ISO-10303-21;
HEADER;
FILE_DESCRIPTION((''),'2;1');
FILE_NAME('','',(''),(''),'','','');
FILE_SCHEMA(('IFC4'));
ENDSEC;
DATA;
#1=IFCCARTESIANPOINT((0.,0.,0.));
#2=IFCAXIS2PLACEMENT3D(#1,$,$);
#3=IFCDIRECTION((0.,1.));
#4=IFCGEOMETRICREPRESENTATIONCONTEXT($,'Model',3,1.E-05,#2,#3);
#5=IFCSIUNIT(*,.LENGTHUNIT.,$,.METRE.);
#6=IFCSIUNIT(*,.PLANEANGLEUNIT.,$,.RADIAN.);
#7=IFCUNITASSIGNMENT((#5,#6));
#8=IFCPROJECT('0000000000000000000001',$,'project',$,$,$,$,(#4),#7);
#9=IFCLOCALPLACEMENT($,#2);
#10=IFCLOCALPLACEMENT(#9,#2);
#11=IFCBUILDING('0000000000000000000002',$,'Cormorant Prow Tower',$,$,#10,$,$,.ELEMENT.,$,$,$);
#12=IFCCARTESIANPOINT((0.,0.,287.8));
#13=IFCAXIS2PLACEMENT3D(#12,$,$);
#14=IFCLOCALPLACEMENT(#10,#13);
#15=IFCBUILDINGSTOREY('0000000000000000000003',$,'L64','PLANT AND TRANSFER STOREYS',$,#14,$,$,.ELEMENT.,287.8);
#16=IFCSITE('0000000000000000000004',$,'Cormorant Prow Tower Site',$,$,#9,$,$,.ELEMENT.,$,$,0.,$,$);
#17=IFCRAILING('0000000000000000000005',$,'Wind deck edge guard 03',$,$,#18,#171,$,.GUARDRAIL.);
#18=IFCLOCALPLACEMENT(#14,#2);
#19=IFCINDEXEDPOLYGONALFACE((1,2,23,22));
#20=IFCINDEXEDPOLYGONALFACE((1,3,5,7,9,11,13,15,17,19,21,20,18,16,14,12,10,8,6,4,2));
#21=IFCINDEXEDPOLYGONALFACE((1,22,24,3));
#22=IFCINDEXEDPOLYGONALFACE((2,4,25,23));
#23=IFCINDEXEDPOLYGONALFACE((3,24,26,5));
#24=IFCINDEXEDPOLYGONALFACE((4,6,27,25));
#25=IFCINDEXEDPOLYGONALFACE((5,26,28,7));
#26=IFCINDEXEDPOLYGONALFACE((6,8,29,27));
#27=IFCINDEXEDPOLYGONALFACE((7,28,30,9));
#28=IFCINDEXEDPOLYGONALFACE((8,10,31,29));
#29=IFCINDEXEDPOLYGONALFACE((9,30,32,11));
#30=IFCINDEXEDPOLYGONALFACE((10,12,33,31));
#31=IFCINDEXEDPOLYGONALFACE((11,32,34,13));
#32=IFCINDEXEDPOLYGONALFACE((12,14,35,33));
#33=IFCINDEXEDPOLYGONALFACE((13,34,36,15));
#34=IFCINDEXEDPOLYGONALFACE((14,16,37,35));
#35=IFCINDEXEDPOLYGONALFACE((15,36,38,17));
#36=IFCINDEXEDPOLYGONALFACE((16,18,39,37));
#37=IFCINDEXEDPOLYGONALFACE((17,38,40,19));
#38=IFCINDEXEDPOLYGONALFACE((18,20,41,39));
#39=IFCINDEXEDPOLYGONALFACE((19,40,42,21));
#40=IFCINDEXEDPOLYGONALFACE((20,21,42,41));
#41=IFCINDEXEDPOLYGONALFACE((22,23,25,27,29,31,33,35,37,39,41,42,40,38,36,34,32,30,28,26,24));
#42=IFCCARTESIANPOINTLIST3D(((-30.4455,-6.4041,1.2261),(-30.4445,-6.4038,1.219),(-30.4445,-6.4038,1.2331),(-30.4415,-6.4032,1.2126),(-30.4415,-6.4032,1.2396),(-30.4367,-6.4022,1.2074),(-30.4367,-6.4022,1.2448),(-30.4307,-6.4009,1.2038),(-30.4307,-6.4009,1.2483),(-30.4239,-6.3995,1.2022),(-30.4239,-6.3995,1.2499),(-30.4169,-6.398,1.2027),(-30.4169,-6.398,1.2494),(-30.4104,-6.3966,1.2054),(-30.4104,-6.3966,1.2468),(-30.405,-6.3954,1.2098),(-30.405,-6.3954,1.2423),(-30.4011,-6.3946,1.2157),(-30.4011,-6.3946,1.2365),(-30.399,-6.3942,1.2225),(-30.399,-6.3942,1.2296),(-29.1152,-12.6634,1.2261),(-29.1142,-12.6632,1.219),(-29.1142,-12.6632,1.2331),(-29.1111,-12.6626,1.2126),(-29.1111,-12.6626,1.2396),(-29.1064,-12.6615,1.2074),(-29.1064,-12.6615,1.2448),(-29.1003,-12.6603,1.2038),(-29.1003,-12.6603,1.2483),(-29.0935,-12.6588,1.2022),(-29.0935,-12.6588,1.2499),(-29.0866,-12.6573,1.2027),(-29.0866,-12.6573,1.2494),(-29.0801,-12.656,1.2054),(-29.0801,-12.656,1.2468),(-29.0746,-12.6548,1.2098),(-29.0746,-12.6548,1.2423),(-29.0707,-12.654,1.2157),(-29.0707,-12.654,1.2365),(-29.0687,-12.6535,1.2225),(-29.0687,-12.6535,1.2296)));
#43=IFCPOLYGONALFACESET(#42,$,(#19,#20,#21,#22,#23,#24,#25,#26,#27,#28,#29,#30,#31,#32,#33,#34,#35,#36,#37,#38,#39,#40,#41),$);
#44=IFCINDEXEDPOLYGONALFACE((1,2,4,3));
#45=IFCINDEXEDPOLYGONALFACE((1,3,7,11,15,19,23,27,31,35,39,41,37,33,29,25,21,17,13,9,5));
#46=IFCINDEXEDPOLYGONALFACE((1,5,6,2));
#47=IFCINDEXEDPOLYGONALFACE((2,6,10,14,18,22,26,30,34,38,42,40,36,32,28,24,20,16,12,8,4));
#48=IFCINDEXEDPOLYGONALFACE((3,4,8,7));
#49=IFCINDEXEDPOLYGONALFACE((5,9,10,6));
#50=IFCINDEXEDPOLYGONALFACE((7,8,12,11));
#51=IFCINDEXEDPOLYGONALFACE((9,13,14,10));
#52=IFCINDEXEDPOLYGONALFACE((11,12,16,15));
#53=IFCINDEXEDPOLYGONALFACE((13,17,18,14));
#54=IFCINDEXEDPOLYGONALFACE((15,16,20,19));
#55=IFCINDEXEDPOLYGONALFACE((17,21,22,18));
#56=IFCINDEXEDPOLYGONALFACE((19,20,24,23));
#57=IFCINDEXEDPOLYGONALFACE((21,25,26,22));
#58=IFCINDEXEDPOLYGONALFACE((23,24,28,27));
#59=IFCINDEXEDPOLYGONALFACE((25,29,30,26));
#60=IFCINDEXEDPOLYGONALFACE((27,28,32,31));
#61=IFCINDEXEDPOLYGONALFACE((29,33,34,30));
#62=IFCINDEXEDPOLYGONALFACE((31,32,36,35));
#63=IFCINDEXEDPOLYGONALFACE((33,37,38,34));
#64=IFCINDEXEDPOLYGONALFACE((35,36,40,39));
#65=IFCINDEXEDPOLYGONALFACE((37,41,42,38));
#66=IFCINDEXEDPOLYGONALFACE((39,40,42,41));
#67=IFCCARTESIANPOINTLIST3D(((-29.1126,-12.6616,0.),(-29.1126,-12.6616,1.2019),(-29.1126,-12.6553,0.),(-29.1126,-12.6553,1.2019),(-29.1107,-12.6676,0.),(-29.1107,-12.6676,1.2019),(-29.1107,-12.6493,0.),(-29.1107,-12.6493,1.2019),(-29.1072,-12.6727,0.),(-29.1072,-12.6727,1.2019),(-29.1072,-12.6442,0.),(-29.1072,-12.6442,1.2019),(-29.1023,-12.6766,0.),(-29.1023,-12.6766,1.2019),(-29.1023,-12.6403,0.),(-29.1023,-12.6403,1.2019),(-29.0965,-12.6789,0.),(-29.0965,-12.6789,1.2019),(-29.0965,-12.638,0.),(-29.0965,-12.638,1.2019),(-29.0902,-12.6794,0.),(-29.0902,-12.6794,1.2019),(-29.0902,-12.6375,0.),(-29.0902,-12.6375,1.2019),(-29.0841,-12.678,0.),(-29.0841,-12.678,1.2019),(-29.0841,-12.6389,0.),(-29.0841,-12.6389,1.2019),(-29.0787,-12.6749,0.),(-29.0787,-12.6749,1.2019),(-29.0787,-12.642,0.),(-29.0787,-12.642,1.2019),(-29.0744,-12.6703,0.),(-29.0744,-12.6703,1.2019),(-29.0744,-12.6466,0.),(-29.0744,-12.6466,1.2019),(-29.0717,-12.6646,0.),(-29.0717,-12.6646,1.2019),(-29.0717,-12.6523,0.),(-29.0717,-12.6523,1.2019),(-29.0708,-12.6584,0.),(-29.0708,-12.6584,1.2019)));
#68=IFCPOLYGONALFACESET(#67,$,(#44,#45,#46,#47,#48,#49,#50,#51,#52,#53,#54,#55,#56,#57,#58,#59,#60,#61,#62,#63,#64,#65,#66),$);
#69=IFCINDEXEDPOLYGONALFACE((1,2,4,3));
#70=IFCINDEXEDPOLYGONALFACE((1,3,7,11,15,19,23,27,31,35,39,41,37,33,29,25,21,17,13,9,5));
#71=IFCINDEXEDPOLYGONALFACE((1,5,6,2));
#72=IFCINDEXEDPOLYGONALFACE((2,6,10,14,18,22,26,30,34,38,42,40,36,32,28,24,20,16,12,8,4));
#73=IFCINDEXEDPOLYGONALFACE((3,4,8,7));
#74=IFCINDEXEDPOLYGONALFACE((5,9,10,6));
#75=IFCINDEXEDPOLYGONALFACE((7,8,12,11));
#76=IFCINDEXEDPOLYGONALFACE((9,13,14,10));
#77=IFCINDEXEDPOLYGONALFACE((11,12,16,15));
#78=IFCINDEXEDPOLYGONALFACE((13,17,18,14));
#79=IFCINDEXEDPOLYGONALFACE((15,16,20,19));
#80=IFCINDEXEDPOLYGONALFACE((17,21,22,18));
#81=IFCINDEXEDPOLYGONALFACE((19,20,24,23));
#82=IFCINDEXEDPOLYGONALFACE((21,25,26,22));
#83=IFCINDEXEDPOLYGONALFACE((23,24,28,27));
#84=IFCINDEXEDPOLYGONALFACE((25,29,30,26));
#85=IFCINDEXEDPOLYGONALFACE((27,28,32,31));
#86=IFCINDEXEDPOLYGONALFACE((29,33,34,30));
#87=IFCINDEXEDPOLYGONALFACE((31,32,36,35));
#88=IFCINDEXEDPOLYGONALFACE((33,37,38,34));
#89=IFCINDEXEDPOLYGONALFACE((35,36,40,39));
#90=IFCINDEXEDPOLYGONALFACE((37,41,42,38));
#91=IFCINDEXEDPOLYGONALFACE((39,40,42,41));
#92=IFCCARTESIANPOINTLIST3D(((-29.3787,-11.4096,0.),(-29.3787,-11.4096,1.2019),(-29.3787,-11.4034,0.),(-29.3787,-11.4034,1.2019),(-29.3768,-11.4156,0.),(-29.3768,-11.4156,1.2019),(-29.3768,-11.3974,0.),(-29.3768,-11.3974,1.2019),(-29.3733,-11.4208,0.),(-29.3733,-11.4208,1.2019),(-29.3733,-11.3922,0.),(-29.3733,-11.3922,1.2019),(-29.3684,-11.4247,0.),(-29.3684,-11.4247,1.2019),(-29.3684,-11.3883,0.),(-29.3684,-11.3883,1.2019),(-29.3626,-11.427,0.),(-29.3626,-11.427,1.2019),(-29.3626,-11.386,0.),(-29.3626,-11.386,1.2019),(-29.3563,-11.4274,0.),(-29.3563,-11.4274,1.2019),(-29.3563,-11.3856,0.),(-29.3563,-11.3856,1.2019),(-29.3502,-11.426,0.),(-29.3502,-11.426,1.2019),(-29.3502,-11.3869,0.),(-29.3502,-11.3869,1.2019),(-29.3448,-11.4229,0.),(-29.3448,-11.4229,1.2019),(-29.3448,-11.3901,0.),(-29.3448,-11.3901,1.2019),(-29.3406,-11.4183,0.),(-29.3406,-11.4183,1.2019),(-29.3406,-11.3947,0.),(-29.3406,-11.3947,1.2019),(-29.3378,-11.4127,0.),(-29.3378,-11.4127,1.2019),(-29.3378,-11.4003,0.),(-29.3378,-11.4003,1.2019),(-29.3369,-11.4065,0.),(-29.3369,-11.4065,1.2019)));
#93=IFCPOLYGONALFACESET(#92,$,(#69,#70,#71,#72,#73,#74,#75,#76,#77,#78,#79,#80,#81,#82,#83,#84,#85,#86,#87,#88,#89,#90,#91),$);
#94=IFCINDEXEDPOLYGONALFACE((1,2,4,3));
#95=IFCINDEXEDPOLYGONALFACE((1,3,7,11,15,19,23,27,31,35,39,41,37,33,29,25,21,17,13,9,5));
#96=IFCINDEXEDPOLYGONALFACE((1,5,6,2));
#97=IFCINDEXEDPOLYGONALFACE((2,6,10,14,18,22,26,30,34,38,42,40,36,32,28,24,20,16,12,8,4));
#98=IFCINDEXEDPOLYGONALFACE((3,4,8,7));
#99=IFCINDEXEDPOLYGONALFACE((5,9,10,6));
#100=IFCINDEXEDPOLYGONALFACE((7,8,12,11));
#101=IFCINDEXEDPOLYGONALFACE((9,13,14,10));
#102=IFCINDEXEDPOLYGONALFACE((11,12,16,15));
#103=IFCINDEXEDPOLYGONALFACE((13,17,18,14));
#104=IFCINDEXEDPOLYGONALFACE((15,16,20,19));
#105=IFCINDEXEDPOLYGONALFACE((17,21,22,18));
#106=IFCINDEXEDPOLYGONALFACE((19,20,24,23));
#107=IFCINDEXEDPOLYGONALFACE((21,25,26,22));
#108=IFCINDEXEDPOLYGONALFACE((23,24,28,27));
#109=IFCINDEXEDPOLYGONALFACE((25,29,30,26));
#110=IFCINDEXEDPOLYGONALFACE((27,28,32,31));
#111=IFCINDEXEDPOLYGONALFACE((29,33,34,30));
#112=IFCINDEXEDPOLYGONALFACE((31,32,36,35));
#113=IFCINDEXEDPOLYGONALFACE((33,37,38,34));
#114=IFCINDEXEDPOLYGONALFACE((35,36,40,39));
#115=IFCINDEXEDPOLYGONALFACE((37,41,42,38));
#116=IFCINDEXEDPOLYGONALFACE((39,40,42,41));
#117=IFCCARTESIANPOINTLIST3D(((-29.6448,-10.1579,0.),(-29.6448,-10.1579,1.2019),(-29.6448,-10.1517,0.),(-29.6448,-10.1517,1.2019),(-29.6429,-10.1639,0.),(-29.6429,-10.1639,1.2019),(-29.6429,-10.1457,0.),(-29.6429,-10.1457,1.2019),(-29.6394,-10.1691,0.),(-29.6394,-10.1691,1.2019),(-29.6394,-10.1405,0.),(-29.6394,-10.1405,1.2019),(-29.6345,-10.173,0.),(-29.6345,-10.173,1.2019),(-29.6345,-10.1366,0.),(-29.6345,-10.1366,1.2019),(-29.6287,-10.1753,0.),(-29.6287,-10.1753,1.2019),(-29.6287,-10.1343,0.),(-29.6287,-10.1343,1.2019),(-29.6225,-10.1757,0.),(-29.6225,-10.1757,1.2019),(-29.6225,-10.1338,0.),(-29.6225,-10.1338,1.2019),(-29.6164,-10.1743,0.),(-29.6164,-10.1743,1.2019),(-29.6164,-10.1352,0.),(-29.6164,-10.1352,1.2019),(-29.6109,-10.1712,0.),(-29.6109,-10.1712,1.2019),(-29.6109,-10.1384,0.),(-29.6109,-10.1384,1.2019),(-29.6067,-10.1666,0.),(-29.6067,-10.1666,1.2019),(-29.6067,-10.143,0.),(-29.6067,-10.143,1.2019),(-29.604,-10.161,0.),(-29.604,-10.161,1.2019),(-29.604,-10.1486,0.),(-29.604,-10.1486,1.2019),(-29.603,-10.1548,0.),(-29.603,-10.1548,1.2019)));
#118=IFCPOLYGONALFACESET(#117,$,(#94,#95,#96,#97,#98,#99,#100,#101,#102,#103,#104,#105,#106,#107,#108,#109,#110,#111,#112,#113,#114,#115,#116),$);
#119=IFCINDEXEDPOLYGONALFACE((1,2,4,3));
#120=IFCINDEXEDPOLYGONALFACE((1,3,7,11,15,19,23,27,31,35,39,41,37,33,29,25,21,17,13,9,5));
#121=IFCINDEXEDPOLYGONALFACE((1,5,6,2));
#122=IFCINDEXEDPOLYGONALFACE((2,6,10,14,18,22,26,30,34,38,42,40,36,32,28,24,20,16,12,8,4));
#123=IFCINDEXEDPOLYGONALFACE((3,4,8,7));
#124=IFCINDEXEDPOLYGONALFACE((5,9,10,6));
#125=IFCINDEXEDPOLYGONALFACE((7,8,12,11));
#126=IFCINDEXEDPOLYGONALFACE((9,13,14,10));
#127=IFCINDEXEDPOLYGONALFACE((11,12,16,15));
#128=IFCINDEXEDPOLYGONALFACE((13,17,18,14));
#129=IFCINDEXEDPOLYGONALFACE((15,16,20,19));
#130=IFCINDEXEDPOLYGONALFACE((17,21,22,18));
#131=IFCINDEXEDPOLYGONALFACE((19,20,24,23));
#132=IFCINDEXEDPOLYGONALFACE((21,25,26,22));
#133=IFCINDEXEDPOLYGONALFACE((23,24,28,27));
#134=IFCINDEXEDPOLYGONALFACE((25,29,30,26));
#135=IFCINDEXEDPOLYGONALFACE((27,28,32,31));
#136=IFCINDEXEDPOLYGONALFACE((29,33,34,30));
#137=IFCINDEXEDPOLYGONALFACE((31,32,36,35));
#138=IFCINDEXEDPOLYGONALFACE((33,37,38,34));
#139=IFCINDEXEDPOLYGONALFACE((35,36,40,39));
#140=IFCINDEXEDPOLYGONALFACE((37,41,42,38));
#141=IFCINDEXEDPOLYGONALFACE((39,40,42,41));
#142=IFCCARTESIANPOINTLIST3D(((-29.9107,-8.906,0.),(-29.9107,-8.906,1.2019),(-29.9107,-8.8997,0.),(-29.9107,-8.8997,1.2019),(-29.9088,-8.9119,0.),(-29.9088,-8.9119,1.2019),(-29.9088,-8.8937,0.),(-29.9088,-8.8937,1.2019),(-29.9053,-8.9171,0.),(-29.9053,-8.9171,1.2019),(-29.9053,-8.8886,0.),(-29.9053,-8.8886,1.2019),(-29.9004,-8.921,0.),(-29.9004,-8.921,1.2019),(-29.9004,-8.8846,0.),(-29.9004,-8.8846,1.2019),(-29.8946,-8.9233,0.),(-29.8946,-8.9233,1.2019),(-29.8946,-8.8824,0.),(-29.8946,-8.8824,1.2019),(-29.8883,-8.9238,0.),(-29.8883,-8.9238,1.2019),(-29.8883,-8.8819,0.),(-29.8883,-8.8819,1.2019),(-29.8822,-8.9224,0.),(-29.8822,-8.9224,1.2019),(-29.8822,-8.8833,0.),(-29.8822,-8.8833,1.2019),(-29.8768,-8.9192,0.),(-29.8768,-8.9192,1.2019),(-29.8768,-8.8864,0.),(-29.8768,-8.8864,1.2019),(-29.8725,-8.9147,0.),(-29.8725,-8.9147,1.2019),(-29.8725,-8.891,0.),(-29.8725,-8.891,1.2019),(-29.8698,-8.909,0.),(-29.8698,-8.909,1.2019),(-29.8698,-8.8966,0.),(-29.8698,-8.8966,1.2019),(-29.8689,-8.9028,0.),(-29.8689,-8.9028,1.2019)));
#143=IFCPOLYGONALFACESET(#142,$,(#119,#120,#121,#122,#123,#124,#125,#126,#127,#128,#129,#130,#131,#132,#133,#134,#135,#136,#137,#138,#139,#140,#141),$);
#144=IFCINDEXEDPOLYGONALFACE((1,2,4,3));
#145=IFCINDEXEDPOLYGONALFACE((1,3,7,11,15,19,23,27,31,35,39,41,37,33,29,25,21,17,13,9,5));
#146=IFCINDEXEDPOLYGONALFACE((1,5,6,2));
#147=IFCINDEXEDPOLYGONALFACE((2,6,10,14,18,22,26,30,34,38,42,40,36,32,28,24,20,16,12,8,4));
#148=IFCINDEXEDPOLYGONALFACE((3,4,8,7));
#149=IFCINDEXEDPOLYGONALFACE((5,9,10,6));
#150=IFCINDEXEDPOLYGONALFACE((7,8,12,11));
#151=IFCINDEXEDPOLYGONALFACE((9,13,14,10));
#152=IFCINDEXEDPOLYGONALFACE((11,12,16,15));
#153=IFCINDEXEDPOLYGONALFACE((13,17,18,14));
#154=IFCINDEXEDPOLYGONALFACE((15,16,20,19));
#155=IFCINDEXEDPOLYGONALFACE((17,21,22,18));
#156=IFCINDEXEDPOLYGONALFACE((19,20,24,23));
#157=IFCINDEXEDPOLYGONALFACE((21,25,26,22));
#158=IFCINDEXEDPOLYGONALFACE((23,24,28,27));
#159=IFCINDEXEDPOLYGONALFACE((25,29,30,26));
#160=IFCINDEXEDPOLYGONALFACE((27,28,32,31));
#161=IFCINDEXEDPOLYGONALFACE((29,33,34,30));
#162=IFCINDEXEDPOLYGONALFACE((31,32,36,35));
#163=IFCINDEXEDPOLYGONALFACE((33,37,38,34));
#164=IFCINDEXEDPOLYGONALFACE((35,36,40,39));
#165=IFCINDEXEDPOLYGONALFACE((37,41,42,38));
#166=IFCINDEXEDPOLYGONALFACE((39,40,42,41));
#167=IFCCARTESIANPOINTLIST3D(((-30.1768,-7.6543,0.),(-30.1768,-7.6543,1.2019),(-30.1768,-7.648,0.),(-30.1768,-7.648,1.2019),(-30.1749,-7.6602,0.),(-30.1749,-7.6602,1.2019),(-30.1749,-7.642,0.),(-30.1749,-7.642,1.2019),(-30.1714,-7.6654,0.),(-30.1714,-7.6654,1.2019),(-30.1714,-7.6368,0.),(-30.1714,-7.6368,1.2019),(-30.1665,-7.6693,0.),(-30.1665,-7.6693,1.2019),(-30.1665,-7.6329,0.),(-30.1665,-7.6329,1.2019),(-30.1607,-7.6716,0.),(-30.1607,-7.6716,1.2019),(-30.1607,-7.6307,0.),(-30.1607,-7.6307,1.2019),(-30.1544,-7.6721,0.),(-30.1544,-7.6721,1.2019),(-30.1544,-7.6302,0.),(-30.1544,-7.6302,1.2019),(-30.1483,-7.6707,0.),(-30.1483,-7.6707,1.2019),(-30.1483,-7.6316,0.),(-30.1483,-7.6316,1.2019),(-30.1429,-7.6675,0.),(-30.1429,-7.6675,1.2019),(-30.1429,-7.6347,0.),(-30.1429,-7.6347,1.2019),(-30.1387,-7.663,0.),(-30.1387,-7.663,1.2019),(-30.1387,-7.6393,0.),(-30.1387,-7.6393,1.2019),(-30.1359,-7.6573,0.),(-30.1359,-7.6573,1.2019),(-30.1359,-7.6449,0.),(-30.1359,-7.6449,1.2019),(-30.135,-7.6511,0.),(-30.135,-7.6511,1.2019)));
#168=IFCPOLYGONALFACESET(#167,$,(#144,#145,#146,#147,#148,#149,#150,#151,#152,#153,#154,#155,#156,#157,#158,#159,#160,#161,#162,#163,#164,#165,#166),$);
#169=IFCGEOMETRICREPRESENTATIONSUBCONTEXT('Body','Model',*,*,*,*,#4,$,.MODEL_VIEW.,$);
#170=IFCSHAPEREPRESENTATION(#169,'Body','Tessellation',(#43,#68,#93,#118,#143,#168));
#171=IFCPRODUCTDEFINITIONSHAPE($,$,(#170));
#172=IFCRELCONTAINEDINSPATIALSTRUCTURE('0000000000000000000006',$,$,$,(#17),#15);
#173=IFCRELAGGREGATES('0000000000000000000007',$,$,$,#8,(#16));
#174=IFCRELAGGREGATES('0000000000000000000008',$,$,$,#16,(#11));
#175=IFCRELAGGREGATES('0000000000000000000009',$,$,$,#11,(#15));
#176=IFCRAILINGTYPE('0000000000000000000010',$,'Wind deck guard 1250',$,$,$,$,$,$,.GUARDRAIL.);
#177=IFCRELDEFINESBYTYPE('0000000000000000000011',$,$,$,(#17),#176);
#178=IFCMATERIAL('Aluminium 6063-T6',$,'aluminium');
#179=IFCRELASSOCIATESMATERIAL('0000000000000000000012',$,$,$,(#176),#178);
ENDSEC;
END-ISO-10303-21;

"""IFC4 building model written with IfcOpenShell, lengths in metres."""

from ifc_helpers import new_model, si_unit, direction, frame, origin, origin_2d, place, context, subcontext, project, spatial, circle, extrude, material, type_object, element, save


model = new_model("IFC4")

# Units and contexts
model_context = context("Model", 3, precision=1e-05, world=origin(), true_north=direction((0.0, 1.0)))
body_context = subcontext(model_context, "Body", "Model", "MODEL_VIEW")
ifc_project = project(units=[si_unit("LENGTHUNIT", "METRE"), si_unit("PLANEANGLEUNIT", "RADIAN")], contexts=[model_context])

# Site, building, storey
site_placement = place(None, origin())
site = spatial("IfcSite", under=ifc_project, at=site_placement, Name="Cormorant Prow Tower Site", CompositionType="ELEMENT", RefElevation=0.0)
building_placement = place(site_placement, origin())
building = spatial("IfcBuilding", under=site, at=building_placement, Name="Cormorant Prow Tower", CompositionType="ELEMENT")
storey_placement = place(building_placement, frame((0.0, 0.0, 287.8)))
storey = spatial("IfcBuildingStorey", under=building, at=storey_placement, Name="L64", Description="PLANT AND TRANSFER STOREYS", CompositionType="ELEMENT", Elevation=287.8)

# Railing
ifc_material_1 = material(Name="Aluminium 6063-T6", Category="aluminium")
railing_type = type_object("IfcRailingType", Name="Wind deck guard 1250", PredefinedType="GUARDRAIL", material=ifc_material_1)
railing_1_placement = place(storey_placement, frame((-29.0918, -12.6584, 0.0)))
element("IfcRailing", 1, at=railing_1_placement, inside=storey, type_object=railing_type, Name="Wind deck edge guard 03", PredefinedType="GUARDRAIL", context=body_context, shape_type="SweptSolid", body=[
    extrude(circle(Radius=0.0239, at=origin_2d()), frame((0.0, 0.0, 1.2261), z_axis=(-0.207893, 0.978152, 0.0), x_axis=(-0.978152, -0.207893, 0.0)), (0.0, 0.0, 1.0), 6.3992),
    extrude(circle(Radius=0.021, at=origin_2d()), origin(), (0.0, 0.0, 1.0), 1.2019),
    extrude(circle(Radius=0.021, at=origin_2d()), frame((-0.2661, 1.252, 0.0)), (0.0, 0.0, 1.0), 1.2019),
    extrude(circle(Radius=0.021, at=origin_2d()), frame((-0.5322, 2.5037, 0.0)), (0.0, 0.0, 1.0), 1.2019),
    extrude(circle(Radius=0.021, at=origin_2d()), frame((-0.7981, 3.7556, 0.0)), (0.0, 0.0, 1.0), 1.2019),
    extrude(circle(Radius=0.021, at=origin_2d()), frame((-1.0642, 5.0073, 0.0)), (0.0, 0.0, 1.0), 1.2019),
])

save(model, "model.ifc")
